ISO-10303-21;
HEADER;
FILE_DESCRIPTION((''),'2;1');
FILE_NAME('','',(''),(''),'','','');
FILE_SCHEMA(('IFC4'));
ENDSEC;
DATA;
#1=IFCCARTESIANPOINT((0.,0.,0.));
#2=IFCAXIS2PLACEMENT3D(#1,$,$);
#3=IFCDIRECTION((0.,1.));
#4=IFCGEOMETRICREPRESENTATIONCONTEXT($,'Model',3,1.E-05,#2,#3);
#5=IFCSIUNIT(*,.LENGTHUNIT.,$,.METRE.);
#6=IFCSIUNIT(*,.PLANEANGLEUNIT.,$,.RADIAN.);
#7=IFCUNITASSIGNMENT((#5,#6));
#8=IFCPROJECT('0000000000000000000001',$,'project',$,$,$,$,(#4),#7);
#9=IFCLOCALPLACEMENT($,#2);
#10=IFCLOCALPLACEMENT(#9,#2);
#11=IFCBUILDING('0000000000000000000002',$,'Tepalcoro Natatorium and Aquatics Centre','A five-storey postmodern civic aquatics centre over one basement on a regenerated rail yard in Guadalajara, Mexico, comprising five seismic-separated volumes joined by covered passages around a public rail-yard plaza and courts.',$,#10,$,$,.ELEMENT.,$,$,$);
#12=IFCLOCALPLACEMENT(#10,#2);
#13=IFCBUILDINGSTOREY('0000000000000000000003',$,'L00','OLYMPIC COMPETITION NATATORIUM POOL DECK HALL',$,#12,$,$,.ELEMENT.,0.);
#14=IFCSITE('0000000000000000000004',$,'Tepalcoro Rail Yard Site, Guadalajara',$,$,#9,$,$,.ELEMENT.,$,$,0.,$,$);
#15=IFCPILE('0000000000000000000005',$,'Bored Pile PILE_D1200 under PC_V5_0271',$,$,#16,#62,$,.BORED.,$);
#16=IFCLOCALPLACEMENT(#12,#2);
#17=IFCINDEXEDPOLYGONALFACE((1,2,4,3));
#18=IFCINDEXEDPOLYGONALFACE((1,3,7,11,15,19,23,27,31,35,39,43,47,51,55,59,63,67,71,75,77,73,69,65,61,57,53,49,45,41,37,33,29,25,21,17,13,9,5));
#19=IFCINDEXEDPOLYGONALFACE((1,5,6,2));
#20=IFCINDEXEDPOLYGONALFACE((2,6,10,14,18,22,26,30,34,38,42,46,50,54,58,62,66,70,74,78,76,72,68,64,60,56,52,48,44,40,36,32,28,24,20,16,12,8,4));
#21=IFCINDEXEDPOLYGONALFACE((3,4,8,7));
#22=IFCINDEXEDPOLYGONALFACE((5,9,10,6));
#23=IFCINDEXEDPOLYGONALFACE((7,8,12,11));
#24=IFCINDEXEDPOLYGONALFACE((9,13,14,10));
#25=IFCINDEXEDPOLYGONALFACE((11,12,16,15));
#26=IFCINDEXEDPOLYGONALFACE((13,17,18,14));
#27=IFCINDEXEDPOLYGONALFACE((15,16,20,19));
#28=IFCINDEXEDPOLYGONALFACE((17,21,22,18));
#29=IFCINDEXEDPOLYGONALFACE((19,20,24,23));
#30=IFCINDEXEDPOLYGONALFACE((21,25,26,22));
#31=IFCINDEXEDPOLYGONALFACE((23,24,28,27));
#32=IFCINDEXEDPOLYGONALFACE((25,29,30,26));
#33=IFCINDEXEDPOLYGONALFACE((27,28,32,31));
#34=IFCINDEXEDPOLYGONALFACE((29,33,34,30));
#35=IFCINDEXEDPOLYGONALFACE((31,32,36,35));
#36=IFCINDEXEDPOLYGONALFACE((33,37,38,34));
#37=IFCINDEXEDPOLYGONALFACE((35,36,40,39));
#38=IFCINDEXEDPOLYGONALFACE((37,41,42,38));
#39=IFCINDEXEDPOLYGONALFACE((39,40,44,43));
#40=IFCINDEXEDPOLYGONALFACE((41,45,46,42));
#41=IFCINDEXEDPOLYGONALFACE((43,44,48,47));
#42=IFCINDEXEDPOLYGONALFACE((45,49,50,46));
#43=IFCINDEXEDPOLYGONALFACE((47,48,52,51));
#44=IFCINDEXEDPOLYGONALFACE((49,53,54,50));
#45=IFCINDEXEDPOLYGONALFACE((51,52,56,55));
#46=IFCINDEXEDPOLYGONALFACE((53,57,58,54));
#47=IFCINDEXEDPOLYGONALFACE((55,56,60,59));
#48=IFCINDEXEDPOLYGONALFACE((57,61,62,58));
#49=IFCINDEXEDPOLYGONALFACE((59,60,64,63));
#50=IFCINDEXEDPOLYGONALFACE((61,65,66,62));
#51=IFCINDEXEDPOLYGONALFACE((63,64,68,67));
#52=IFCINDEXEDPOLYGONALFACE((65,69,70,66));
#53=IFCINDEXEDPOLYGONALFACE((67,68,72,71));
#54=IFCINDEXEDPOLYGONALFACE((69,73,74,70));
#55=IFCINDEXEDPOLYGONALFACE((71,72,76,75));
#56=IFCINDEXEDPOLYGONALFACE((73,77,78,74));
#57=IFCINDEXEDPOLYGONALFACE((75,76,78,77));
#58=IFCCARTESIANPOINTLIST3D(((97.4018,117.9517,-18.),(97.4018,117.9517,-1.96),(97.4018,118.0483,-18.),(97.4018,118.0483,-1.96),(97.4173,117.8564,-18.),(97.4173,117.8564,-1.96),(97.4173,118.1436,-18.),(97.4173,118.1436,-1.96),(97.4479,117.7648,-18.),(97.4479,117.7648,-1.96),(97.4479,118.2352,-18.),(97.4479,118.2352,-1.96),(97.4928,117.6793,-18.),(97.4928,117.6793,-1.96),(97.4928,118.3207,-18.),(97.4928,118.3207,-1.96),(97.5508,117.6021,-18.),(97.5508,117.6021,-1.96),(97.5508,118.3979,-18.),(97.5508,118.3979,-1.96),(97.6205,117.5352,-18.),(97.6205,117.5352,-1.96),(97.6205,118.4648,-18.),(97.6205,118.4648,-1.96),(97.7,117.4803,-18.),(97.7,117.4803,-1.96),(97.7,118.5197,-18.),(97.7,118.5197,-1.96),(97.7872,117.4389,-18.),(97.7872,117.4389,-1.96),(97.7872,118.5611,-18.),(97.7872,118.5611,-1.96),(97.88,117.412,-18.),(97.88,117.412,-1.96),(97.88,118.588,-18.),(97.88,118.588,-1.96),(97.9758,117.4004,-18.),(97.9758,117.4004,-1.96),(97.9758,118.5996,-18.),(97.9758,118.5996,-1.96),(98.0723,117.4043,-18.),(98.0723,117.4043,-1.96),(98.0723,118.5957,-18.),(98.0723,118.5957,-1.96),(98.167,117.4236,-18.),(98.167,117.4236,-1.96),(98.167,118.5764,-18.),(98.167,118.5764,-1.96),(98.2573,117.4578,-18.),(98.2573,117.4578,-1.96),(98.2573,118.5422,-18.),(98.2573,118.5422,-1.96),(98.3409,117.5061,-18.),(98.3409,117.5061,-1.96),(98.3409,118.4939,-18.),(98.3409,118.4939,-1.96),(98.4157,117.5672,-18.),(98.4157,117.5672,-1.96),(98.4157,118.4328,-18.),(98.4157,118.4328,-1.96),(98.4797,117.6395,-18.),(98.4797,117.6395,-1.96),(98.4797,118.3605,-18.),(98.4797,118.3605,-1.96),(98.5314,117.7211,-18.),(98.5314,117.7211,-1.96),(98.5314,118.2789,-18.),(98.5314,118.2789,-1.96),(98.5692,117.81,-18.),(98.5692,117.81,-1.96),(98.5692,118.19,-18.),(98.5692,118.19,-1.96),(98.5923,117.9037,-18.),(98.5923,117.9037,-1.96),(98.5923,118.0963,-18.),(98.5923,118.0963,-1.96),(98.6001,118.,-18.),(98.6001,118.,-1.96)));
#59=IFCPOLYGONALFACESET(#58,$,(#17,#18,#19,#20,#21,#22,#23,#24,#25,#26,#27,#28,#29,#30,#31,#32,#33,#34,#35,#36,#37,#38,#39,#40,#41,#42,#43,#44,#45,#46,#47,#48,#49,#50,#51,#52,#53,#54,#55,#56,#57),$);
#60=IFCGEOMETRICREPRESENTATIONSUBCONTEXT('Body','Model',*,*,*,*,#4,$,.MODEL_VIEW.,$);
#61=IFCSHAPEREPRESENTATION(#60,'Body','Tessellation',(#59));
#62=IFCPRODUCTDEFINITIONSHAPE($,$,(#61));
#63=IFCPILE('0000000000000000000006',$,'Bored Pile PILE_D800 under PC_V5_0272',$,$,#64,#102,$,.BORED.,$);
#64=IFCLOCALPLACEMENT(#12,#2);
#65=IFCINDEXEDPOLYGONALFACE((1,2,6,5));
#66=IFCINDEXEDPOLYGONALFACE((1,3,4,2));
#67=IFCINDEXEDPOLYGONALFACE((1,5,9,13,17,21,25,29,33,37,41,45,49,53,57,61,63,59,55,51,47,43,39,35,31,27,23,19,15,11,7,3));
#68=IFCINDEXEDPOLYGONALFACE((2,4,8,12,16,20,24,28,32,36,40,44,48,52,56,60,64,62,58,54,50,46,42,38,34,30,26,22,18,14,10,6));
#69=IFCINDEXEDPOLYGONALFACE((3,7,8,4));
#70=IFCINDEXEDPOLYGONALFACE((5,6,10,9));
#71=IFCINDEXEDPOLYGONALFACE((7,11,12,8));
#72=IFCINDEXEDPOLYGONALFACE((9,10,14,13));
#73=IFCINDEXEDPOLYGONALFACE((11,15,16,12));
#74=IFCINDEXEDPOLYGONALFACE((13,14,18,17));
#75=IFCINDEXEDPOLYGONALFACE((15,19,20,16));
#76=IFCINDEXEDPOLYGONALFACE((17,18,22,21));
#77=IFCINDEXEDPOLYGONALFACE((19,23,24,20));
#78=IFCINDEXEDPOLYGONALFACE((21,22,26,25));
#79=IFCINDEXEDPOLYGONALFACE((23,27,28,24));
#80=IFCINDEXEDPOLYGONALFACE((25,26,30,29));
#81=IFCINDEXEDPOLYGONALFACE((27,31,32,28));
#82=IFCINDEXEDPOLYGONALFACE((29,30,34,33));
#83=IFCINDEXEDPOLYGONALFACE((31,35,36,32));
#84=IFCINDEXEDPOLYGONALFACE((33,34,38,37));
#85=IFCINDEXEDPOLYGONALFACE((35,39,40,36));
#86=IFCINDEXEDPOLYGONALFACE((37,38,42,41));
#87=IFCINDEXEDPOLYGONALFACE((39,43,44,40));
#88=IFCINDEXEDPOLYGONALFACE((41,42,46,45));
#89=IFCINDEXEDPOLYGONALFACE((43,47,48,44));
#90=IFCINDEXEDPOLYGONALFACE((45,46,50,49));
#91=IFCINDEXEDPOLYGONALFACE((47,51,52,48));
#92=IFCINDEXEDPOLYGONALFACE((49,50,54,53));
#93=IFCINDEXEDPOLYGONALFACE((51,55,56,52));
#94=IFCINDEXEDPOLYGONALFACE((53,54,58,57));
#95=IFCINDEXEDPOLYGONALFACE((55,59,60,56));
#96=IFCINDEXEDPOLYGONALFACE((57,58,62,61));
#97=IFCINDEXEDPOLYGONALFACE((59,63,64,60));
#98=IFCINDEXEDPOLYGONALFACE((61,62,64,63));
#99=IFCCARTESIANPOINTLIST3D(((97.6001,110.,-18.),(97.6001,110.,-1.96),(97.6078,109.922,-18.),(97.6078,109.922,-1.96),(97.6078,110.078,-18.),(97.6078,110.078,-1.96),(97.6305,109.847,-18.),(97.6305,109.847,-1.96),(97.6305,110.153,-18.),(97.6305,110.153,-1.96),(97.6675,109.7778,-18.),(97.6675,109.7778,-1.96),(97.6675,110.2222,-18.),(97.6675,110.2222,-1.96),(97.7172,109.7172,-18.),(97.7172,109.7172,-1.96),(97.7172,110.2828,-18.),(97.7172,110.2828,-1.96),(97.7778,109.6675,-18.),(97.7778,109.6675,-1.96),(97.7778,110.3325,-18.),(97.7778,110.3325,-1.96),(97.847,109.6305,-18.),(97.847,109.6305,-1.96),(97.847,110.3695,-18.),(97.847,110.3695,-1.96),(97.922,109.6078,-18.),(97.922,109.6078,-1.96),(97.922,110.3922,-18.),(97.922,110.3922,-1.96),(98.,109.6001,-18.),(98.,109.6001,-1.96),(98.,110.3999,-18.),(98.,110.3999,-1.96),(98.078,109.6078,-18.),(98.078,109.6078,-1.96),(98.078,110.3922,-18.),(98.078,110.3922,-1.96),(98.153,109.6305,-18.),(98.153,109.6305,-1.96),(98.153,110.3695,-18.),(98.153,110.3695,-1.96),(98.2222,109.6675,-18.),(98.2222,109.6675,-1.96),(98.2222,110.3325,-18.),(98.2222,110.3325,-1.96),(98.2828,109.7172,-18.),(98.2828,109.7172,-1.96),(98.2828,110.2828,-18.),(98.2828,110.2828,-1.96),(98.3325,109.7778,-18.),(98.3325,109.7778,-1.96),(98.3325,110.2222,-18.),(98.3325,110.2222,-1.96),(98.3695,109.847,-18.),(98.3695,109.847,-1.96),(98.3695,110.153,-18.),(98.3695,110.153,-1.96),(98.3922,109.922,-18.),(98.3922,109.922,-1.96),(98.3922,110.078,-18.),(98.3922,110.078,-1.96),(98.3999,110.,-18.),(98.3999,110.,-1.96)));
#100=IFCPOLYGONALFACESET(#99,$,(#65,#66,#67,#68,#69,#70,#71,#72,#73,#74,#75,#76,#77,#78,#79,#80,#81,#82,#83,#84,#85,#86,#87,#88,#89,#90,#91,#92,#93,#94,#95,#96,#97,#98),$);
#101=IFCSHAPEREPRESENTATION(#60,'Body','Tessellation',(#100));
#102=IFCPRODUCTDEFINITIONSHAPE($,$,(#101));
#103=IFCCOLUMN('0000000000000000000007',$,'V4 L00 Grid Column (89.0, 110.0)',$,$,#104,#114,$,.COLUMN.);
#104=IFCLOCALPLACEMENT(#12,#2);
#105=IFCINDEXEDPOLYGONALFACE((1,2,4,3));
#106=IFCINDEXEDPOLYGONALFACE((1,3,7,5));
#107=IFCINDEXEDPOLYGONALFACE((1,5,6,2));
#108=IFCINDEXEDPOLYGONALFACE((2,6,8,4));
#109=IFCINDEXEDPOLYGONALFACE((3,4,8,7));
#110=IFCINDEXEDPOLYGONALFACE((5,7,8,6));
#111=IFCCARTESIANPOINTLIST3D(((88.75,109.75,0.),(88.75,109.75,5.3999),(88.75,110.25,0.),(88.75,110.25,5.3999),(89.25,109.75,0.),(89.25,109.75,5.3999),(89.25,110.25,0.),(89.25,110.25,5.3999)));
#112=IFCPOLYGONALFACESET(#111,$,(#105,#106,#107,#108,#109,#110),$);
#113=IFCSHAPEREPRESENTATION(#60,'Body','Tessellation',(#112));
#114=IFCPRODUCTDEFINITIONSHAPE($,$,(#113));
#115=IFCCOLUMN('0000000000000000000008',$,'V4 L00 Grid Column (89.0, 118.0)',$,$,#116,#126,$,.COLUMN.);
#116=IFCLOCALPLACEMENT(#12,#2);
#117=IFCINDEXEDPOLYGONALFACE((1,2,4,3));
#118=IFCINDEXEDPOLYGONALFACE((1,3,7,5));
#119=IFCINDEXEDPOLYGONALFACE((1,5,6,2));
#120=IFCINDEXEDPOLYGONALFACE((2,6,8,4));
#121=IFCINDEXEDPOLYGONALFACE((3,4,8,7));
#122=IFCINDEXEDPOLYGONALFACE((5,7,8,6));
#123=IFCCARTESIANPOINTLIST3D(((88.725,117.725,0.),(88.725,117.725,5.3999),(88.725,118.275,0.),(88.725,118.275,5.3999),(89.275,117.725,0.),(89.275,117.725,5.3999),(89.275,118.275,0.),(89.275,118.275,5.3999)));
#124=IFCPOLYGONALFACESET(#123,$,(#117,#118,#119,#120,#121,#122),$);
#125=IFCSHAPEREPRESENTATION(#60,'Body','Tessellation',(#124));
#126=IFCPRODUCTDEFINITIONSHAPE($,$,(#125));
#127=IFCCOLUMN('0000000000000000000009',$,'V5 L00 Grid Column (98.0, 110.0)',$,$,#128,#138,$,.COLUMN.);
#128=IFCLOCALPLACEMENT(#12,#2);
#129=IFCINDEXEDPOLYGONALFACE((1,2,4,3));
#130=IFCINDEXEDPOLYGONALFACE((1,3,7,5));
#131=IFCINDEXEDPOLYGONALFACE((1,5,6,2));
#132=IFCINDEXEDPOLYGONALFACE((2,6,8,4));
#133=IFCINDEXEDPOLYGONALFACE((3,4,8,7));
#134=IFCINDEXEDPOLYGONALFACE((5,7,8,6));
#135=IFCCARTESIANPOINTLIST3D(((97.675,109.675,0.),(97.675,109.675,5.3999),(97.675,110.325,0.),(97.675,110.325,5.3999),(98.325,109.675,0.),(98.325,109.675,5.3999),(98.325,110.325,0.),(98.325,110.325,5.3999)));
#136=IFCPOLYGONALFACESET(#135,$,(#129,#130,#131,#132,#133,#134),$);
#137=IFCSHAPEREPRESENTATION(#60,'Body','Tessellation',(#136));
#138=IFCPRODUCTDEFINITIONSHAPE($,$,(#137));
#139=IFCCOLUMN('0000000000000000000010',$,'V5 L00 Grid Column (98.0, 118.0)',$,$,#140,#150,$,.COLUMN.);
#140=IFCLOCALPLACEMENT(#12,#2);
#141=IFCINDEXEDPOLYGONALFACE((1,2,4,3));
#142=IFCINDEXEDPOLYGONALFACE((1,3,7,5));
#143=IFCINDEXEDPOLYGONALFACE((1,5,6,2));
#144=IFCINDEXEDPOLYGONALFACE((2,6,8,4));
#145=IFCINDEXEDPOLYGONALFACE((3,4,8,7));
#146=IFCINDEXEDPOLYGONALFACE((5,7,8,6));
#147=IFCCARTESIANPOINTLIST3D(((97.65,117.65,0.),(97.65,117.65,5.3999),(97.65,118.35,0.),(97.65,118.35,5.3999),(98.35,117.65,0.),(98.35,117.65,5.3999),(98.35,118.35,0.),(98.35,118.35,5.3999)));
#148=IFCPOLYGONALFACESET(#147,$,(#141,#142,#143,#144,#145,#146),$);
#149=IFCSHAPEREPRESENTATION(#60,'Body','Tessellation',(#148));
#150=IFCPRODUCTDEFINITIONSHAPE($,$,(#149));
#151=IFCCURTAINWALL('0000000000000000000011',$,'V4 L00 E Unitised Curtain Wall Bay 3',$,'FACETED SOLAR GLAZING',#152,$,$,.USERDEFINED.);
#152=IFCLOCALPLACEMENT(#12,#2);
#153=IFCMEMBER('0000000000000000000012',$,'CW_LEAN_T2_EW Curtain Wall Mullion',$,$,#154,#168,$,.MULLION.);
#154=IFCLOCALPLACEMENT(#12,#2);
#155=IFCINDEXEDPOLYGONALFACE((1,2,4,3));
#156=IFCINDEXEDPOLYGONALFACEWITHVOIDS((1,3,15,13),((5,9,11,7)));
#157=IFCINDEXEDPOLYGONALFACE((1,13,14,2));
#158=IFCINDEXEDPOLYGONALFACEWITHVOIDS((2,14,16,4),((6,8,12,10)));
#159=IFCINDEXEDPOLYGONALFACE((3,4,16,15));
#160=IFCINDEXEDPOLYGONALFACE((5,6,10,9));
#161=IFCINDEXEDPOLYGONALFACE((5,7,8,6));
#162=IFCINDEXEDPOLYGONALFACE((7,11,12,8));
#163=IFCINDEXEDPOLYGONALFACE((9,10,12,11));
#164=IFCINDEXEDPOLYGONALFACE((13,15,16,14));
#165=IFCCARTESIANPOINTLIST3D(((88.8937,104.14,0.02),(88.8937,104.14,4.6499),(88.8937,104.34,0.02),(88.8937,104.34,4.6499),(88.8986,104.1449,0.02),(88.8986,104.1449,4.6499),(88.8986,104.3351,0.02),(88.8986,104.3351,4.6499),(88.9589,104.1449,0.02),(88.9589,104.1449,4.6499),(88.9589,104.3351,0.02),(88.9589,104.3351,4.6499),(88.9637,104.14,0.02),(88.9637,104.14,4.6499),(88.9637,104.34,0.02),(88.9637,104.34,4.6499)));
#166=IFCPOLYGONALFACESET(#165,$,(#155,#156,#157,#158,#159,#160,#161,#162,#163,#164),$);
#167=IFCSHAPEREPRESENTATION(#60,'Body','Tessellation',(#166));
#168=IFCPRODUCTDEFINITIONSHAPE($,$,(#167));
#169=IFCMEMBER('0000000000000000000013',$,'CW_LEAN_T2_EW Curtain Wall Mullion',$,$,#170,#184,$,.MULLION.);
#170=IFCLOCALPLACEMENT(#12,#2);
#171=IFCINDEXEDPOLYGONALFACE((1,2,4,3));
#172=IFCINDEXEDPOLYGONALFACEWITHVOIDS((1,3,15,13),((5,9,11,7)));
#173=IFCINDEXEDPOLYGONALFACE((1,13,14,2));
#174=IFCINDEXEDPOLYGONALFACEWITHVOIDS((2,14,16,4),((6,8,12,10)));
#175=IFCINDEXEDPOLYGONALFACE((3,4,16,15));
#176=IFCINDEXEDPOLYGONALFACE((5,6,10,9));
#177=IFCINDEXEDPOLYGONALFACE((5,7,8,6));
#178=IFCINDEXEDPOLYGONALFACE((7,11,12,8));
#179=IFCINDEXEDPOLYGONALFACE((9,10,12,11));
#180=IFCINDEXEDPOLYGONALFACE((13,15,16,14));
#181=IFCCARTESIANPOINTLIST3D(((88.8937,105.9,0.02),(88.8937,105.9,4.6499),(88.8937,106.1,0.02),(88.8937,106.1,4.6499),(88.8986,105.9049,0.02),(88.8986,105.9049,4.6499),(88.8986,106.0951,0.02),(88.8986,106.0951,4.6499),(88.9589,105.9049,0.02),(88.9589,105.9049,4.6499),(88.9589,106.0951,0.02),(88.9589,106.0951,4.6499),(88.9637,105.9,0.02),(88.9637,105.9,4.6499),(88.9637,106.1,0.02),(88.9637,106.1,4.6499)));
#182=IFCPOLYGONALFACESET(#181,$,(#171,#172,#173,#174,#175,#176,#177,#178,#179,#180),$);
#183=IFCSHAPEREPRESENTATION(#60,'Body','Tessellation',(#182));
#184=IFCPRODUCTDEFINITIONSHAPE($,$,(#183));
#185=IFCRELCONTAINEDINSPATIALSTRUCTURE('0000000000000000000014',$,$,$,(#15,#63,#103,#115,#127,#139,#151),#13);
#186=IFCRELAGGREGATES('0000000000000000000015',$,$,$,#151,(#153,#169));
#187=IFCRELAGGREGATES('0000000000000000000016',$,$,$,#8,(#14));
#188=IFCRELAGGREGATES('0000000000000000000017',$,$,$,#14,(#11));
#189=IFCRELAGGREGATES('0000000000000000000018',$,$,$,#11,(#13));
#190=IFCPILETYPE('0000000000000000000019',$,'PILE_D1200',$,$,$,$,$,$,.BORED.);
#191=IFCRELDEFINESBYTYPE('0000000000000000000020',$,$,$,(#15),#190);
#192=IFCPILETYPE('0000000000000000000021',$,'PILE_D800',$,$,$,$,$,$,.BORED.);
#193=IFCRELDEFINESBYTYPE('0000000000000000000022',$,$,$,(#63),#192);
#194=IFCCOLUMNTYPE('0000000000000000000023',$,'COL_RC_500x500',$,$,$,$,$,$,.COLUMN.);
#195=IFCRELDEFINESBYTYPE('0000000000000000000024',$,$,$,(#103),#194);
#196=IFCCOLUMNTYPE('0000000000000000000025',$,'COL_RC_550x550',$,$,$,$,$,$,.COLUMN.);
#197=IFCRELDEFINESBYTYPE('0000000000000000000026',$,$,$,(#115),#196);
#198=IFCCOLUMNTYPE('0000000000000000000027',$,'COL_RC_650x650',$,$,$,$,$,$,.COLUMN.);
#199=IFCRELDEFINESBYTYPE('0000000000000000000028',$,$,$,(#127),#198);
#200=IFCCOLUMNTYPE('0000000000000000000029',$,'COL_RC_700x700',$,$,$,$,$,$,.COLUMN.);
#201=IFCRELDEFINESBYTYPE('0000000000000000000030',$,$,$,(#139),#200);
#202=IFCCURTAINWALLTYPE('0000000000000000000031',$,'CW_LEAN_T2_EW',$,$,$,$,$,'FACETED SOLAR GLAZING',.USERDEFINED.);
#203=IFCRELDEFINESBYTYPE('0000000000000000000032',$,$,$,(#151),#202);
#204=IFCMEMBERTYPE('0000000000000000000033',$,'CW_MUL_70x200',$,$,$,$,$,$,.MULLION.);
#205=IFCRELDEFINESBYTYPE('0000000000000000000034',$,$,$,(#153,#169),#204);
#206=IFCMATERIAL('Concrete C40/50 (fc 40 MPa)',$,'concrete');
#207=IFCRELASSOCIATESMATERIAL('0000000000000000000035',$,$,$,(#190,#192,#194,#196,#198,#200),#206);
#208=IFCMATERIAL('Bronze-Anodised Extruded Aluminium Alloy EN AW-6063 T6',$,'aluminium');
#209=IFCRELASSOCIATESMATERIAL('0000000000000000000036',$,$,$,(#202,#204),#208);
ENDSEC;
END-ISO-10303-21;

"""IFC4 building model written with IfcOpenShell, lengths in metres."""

from ifc_helpers import new_model, si_unit, direction, frame, origin, origin_2d, place, context, subcontext, project, spatial, rectangle, hollow_rectangle, circle, extrude, material, material_profile, profile_set, type_object, element, aggregate, save


model = new_model("IFC4")

# Units and contexts
model_context = context("Model", 3, precision=1e-05, world=origin(), true_north=direction((0.0, 1.0)))
body_context = subcontext(model_context, "Body", "Model", "MODEL_VIEW")
ifc_project = project(units=[si_unit("LENGTHUNIT", "METRE"), si_unit("PLANEANGLEUNIT", "RADIAN")], contexts=[model_context])

# Site, building, storey
site_placement = place(None, origin())
site = spatial("IfcSite", under=ifc_project, at=site_placement, Name="Tepalcoro Rail Yard Site, Guadalajara", CompositionType="ELEMENT", RefElevation=0.0)
building_placement = place(site_placement, origin())
building = spatial("IfcBuilding", under=site, at=building_placement, Name="Tepalcoro Natatorium and Aquatics Centre", Description="A five-storey postmodern civic aquatics centre over one basement on a regenerated rail yard in Guadalajara, Mexico, comprising five seismic-separated volumes joined by covered passages around a public rail-yard plaza and courts.", CompositionType="ELEMENT")
storey_placement = place(building_placement, origin())
storey = spatial("IfcBuildingStorey", under=building, at=storey_placement, Name="L00", Description="OLYMPIC COMPETITION NATATORIUM POOL DECK HALL", CompositionType="ELEMENT", Elevation=0.0)

# Piles
ifc_material_1 = material(Name="Concrete C40/50 (fc 40 MPa)", Category="concrete")
ifc_material_profile_1 = material_profile(ifc_material_1, circle(Radius=0.6001, at=origin_2d()), Name="PILE_D1200")
ifc_profile_set_1 = profile_set([ifc_material_profile_1], Name="Concrete C40/50 (fc 40 MPa)")
pile_type_1 = type_object("IfcPileType", Name="PILE_D1200", PredefinedType="BORED", material=ifc_profile_set_1)
pile_1_placement = place(storey_placement, frame((98.0, 118.0, -1.96), z_axis=(0.0, 0.0, -1.0), x_axis=(1.0, 0.0, 0.0)))
element("IfcPile", 1, at=pile_1_placement, inside=storey, type_object=pile_type_1, Name="Bored Pile PILE_D1200 under PC_V5_0271", PredefinedType="BORED", context=body_context, shape_type="SweptSolid", body=[
    extrude(circle(Radius=0.6001, at=origin_2d()), origin(), (0.0, 0.0, 1.0), 16.04),
])
ifc_material_profile_2 = material_profile(ifc_material_1, circle(Radius=0.3999, at=origin_2d()), Name="PILE_D800")
ifc_profile_set_2 = profile_set([ifc_material_profile_2], Name="Concrete C40/50 (fc 40 MPa)")
pile_type_2 = type_object("IfcPileType", Name="PILE_D800", PredefinedType="BORED", material=ifc_profile_set_2)
pile_2_placement = place(storey_placement, frame((98.0, 110.0, -1.96), z_axis=(0.0, 0.0, -1.0), x_axis=(1.0, 0.0, 0.0)))
element("IfcPile", 2, at=pile_2_placement, inside=storey, type_object=pile_type_2, Name="Bored Pile PILE_D800 under PC_V5_0272", PredefinedType="BORED", context=body_context, shape_type="SweptSolid", body=[
    extrude(circle(Radius=0.3999, at=origin_2d()), origin(), (0.0, 0.0, 1.0), 16.04),
])

# Columns
ifc_material_profile_3 = material_profile(ifc_material_1, rectangle(XDim=0.5, YDim=0.5, at=origin_2d()), Name="RC500x500")
ifc_profile_set_3 = profile_set([ifc_material_profile_3], Name="Concrete C40/50 (fc 40 MPa)")
column_type_1 = type_object("IfcColumnType", Name="COL_RC_500x500", PredefinedType="COLUMN", material=ifc_profile_set_3)
column_1_placement = place(storey_placement, frame((89.0, 110.0, 0.0), z_axis=(0.0, 0.0, 1.0), x_axis=(1.0, 0.0, 0.0)))
element("IfcColumn", 3, at=column_1_placement, inside=storey, type_object=column_type_1, Name="V4 L00 Grid Column (89.0, 110.0)", PredefinedType="COLUMN", context=body_context, shape_type="SweptSolid", body=[
    extrude(rectangle(XDim=0.5, YDim=0.5, at=origin_2d()), origin(), (0.0, 0.0, 1.0), 5.3999),
])
ifc_material_profile_4 = material_profile(ifc_material_1, rectangle(XDim=0.55, YDim=0.55, at=origin_2d()), Name="RC550x550")
ifc_profile_set_4 = profile_set([ifc_material_profile_4], Name="Concrete C40/50 (fc 40 MPa)")
column_type_2 = type_object("IfcColumnType", Name="COL_RC_550x550", PredefinedType="COLUMN", material=ifc_profile_set_4)
column_2_placement = place(storey_placement, frame((89.0, 118.0, 0.0), z_axis=(0.0, 0.0, 1.0), x_axis=(1.0, 0.0, 0.0)))
element("IfcColumn", 4, at=column_2_placement, inside=storey, type_object=column_type_2, Name="V4 L00 Grid Column (89.0, 118.0)", PredefinedType="COLUMN", context=body_context, shape_type="SweptSolid", body=[
    extrude(rectangle(XDim=0.55, YDim=0.55, at=origin_2d()), origin(), (0.0, 0.0, 1.0), 5.3999),
])
ifc_material_profile_5 = material_profile(ifc_material_1, rectangle(XDim=0.6499, YDim=0.6499, at=origin_2d()), Name="RC650x650")
ifc_profile_set_5 = profile_set([ifc_material_profile_5], Name="Concrete C40/50 (fc 40 MPa)")
column_type_3 = type_object("IfcColumnType", Name="COL_RC_650x650", PredefinedType="COLUMN", material=ifc_profile_set_5)
column_3_placement = place(storey_placement, frame((98.0, 110.0, 0.0), z_axis=(0.0, 0.0, 1.0), x_axis=(1.0, 0.0, 0.0)))
element("IfcColumn", 5, at=column_3_placement, inside=storey, type_object=column_type_3, Name="V5 L00 Grid Column (98.0, 110.0)", PredefinedType="COLUMN", context=body_context, shape_type="SweptSolid", body=[
    extrude(rectangle(XDim=0.6499, YDim=0.6499, at=origin_2d()), origin(), (0.0, 0.0, 1.0), 5.3999),
])
ifc_material_profile_6 = material_profile(ifc_material_1, rectangle(XDim=0.7, YDim=0.7, at=origin_2d()), Name="RC700x700")
ifc_profile_set_6 = profile_set([ifc_material_profile_6], Name="Concrete C40/50 (fc 40 MPa)")
column_type_4 = type_object("IfcColumnType", Name="COL_RC_700x700", PredefinedType="COLUMN", material=ifc_profile_set_6)
column_4_placement = place(storey_placement, frame((98.0, 118.0, 0.0), z_axis=(0.0, 0.0, 1.0), x_axis=(1.0, 0.0, 0.0)))
element("IfcColumn", 6, at=column_4_placement, inside=storey, type_object=column_type_4, Name="V5 L00 Grid Column (98.0, 118.0)", PredefinedType="COLUMN", context=body_context, shape_type="SweptSolid", body=[
    extrude(rectangle(XDim=0.7, YDim=0.7, at=origin_2d()), origin(), (0.0, 0.0, 1.0), 5.3999),
])

# Curtain wall, members
ifc_material_2 = material(Name="Bronze-Anodised Extruded Aluminium Alloy EN AW-6063 T6", Category="aluminium")
curtain_wall_type_1 = type_object("IfcCurtainWallType", Name="CW_LEAN_T2_EW", ElementType="FACETED SOLAR GLAZING", PredefinedType="USERDEFINED", material=ifc_material_2)
curtain_wall_1_placement = place(storey_placement, origin())
curtain_wall_1 = element("IfcCurtainWall", 7, at=curtain_wall_1_placement, inside=storey, type_object=curtain_wall_type_1, Name="V4 L00 E Unitised Curtain Wall Bay 3", ObjectType="FACETED SOLAR GLAZING", PredefinedType="USERDEFINED")
ifc_material_profile_7 = material_profile(ifc_material_2, hollow_rectangle(XDim=0.0701, YDim=0.2, WallThickness=0.0049, at=origin_2d()), Name="AL70X200X5")
ifc_profile_set_7 = profile_set([ifc_material_profile_7], Name="Bronze-Anodised Extruded Aluminium Alloy EN AW-6063 T6")
member_type_1 = type_object("IfcMemberType", Name="CW_MUL_70x200", PredefinedType="MULLION", material=ifc_profile_set_7)
member_1_placement = place(storey_placement, frame((88.9287, 104.24, 0.02), z_axis=(0.0, 0.0, 1.0), x_axis=(1.0, 0.0, 0.0)))
member_1 = element("IfcMember", 8, at=member_1_placement, type_object=member_type_1, Name="CW_LEAN_T2_EW Curtain Wall Mullion", PredefinedType="MULLION", context=body_context, shape_type="SweptSolid", body=[
    extrude(hollow_rectangle(XDim=0.0701, YDim=0.2, WallThickness=0.0049, at=origin_2d()), origin(), (0.0, 0.0, 1.0), 4.6299),
])
member_2_placement = place(storey_placement, frame((88.9287, 106.0, 0.02), z_axis=(0.0, 0.0, 1.0), x_axis=(1.0, 0.0, 0.0)))
member_2 = element("IfcMember", 9, at=member_2_placement, type_object=member_type_1, Name="CW_LEAN_T2_EW Curtain Wall Mullion", PredefinedType="MULLION", context=body_context, shape_type="SweptSolid", body=[
    extrude(hollow_rectangle(XDim=0.0701, YDim=0.2, WallThickness=0.0049, at=origin_2d()), origin(), (0.0, 0.0, 1.0), 4.6299),
])

aggregate(curtain_wall_1, [member_1, member_2])

save(model, "model.ifc")
